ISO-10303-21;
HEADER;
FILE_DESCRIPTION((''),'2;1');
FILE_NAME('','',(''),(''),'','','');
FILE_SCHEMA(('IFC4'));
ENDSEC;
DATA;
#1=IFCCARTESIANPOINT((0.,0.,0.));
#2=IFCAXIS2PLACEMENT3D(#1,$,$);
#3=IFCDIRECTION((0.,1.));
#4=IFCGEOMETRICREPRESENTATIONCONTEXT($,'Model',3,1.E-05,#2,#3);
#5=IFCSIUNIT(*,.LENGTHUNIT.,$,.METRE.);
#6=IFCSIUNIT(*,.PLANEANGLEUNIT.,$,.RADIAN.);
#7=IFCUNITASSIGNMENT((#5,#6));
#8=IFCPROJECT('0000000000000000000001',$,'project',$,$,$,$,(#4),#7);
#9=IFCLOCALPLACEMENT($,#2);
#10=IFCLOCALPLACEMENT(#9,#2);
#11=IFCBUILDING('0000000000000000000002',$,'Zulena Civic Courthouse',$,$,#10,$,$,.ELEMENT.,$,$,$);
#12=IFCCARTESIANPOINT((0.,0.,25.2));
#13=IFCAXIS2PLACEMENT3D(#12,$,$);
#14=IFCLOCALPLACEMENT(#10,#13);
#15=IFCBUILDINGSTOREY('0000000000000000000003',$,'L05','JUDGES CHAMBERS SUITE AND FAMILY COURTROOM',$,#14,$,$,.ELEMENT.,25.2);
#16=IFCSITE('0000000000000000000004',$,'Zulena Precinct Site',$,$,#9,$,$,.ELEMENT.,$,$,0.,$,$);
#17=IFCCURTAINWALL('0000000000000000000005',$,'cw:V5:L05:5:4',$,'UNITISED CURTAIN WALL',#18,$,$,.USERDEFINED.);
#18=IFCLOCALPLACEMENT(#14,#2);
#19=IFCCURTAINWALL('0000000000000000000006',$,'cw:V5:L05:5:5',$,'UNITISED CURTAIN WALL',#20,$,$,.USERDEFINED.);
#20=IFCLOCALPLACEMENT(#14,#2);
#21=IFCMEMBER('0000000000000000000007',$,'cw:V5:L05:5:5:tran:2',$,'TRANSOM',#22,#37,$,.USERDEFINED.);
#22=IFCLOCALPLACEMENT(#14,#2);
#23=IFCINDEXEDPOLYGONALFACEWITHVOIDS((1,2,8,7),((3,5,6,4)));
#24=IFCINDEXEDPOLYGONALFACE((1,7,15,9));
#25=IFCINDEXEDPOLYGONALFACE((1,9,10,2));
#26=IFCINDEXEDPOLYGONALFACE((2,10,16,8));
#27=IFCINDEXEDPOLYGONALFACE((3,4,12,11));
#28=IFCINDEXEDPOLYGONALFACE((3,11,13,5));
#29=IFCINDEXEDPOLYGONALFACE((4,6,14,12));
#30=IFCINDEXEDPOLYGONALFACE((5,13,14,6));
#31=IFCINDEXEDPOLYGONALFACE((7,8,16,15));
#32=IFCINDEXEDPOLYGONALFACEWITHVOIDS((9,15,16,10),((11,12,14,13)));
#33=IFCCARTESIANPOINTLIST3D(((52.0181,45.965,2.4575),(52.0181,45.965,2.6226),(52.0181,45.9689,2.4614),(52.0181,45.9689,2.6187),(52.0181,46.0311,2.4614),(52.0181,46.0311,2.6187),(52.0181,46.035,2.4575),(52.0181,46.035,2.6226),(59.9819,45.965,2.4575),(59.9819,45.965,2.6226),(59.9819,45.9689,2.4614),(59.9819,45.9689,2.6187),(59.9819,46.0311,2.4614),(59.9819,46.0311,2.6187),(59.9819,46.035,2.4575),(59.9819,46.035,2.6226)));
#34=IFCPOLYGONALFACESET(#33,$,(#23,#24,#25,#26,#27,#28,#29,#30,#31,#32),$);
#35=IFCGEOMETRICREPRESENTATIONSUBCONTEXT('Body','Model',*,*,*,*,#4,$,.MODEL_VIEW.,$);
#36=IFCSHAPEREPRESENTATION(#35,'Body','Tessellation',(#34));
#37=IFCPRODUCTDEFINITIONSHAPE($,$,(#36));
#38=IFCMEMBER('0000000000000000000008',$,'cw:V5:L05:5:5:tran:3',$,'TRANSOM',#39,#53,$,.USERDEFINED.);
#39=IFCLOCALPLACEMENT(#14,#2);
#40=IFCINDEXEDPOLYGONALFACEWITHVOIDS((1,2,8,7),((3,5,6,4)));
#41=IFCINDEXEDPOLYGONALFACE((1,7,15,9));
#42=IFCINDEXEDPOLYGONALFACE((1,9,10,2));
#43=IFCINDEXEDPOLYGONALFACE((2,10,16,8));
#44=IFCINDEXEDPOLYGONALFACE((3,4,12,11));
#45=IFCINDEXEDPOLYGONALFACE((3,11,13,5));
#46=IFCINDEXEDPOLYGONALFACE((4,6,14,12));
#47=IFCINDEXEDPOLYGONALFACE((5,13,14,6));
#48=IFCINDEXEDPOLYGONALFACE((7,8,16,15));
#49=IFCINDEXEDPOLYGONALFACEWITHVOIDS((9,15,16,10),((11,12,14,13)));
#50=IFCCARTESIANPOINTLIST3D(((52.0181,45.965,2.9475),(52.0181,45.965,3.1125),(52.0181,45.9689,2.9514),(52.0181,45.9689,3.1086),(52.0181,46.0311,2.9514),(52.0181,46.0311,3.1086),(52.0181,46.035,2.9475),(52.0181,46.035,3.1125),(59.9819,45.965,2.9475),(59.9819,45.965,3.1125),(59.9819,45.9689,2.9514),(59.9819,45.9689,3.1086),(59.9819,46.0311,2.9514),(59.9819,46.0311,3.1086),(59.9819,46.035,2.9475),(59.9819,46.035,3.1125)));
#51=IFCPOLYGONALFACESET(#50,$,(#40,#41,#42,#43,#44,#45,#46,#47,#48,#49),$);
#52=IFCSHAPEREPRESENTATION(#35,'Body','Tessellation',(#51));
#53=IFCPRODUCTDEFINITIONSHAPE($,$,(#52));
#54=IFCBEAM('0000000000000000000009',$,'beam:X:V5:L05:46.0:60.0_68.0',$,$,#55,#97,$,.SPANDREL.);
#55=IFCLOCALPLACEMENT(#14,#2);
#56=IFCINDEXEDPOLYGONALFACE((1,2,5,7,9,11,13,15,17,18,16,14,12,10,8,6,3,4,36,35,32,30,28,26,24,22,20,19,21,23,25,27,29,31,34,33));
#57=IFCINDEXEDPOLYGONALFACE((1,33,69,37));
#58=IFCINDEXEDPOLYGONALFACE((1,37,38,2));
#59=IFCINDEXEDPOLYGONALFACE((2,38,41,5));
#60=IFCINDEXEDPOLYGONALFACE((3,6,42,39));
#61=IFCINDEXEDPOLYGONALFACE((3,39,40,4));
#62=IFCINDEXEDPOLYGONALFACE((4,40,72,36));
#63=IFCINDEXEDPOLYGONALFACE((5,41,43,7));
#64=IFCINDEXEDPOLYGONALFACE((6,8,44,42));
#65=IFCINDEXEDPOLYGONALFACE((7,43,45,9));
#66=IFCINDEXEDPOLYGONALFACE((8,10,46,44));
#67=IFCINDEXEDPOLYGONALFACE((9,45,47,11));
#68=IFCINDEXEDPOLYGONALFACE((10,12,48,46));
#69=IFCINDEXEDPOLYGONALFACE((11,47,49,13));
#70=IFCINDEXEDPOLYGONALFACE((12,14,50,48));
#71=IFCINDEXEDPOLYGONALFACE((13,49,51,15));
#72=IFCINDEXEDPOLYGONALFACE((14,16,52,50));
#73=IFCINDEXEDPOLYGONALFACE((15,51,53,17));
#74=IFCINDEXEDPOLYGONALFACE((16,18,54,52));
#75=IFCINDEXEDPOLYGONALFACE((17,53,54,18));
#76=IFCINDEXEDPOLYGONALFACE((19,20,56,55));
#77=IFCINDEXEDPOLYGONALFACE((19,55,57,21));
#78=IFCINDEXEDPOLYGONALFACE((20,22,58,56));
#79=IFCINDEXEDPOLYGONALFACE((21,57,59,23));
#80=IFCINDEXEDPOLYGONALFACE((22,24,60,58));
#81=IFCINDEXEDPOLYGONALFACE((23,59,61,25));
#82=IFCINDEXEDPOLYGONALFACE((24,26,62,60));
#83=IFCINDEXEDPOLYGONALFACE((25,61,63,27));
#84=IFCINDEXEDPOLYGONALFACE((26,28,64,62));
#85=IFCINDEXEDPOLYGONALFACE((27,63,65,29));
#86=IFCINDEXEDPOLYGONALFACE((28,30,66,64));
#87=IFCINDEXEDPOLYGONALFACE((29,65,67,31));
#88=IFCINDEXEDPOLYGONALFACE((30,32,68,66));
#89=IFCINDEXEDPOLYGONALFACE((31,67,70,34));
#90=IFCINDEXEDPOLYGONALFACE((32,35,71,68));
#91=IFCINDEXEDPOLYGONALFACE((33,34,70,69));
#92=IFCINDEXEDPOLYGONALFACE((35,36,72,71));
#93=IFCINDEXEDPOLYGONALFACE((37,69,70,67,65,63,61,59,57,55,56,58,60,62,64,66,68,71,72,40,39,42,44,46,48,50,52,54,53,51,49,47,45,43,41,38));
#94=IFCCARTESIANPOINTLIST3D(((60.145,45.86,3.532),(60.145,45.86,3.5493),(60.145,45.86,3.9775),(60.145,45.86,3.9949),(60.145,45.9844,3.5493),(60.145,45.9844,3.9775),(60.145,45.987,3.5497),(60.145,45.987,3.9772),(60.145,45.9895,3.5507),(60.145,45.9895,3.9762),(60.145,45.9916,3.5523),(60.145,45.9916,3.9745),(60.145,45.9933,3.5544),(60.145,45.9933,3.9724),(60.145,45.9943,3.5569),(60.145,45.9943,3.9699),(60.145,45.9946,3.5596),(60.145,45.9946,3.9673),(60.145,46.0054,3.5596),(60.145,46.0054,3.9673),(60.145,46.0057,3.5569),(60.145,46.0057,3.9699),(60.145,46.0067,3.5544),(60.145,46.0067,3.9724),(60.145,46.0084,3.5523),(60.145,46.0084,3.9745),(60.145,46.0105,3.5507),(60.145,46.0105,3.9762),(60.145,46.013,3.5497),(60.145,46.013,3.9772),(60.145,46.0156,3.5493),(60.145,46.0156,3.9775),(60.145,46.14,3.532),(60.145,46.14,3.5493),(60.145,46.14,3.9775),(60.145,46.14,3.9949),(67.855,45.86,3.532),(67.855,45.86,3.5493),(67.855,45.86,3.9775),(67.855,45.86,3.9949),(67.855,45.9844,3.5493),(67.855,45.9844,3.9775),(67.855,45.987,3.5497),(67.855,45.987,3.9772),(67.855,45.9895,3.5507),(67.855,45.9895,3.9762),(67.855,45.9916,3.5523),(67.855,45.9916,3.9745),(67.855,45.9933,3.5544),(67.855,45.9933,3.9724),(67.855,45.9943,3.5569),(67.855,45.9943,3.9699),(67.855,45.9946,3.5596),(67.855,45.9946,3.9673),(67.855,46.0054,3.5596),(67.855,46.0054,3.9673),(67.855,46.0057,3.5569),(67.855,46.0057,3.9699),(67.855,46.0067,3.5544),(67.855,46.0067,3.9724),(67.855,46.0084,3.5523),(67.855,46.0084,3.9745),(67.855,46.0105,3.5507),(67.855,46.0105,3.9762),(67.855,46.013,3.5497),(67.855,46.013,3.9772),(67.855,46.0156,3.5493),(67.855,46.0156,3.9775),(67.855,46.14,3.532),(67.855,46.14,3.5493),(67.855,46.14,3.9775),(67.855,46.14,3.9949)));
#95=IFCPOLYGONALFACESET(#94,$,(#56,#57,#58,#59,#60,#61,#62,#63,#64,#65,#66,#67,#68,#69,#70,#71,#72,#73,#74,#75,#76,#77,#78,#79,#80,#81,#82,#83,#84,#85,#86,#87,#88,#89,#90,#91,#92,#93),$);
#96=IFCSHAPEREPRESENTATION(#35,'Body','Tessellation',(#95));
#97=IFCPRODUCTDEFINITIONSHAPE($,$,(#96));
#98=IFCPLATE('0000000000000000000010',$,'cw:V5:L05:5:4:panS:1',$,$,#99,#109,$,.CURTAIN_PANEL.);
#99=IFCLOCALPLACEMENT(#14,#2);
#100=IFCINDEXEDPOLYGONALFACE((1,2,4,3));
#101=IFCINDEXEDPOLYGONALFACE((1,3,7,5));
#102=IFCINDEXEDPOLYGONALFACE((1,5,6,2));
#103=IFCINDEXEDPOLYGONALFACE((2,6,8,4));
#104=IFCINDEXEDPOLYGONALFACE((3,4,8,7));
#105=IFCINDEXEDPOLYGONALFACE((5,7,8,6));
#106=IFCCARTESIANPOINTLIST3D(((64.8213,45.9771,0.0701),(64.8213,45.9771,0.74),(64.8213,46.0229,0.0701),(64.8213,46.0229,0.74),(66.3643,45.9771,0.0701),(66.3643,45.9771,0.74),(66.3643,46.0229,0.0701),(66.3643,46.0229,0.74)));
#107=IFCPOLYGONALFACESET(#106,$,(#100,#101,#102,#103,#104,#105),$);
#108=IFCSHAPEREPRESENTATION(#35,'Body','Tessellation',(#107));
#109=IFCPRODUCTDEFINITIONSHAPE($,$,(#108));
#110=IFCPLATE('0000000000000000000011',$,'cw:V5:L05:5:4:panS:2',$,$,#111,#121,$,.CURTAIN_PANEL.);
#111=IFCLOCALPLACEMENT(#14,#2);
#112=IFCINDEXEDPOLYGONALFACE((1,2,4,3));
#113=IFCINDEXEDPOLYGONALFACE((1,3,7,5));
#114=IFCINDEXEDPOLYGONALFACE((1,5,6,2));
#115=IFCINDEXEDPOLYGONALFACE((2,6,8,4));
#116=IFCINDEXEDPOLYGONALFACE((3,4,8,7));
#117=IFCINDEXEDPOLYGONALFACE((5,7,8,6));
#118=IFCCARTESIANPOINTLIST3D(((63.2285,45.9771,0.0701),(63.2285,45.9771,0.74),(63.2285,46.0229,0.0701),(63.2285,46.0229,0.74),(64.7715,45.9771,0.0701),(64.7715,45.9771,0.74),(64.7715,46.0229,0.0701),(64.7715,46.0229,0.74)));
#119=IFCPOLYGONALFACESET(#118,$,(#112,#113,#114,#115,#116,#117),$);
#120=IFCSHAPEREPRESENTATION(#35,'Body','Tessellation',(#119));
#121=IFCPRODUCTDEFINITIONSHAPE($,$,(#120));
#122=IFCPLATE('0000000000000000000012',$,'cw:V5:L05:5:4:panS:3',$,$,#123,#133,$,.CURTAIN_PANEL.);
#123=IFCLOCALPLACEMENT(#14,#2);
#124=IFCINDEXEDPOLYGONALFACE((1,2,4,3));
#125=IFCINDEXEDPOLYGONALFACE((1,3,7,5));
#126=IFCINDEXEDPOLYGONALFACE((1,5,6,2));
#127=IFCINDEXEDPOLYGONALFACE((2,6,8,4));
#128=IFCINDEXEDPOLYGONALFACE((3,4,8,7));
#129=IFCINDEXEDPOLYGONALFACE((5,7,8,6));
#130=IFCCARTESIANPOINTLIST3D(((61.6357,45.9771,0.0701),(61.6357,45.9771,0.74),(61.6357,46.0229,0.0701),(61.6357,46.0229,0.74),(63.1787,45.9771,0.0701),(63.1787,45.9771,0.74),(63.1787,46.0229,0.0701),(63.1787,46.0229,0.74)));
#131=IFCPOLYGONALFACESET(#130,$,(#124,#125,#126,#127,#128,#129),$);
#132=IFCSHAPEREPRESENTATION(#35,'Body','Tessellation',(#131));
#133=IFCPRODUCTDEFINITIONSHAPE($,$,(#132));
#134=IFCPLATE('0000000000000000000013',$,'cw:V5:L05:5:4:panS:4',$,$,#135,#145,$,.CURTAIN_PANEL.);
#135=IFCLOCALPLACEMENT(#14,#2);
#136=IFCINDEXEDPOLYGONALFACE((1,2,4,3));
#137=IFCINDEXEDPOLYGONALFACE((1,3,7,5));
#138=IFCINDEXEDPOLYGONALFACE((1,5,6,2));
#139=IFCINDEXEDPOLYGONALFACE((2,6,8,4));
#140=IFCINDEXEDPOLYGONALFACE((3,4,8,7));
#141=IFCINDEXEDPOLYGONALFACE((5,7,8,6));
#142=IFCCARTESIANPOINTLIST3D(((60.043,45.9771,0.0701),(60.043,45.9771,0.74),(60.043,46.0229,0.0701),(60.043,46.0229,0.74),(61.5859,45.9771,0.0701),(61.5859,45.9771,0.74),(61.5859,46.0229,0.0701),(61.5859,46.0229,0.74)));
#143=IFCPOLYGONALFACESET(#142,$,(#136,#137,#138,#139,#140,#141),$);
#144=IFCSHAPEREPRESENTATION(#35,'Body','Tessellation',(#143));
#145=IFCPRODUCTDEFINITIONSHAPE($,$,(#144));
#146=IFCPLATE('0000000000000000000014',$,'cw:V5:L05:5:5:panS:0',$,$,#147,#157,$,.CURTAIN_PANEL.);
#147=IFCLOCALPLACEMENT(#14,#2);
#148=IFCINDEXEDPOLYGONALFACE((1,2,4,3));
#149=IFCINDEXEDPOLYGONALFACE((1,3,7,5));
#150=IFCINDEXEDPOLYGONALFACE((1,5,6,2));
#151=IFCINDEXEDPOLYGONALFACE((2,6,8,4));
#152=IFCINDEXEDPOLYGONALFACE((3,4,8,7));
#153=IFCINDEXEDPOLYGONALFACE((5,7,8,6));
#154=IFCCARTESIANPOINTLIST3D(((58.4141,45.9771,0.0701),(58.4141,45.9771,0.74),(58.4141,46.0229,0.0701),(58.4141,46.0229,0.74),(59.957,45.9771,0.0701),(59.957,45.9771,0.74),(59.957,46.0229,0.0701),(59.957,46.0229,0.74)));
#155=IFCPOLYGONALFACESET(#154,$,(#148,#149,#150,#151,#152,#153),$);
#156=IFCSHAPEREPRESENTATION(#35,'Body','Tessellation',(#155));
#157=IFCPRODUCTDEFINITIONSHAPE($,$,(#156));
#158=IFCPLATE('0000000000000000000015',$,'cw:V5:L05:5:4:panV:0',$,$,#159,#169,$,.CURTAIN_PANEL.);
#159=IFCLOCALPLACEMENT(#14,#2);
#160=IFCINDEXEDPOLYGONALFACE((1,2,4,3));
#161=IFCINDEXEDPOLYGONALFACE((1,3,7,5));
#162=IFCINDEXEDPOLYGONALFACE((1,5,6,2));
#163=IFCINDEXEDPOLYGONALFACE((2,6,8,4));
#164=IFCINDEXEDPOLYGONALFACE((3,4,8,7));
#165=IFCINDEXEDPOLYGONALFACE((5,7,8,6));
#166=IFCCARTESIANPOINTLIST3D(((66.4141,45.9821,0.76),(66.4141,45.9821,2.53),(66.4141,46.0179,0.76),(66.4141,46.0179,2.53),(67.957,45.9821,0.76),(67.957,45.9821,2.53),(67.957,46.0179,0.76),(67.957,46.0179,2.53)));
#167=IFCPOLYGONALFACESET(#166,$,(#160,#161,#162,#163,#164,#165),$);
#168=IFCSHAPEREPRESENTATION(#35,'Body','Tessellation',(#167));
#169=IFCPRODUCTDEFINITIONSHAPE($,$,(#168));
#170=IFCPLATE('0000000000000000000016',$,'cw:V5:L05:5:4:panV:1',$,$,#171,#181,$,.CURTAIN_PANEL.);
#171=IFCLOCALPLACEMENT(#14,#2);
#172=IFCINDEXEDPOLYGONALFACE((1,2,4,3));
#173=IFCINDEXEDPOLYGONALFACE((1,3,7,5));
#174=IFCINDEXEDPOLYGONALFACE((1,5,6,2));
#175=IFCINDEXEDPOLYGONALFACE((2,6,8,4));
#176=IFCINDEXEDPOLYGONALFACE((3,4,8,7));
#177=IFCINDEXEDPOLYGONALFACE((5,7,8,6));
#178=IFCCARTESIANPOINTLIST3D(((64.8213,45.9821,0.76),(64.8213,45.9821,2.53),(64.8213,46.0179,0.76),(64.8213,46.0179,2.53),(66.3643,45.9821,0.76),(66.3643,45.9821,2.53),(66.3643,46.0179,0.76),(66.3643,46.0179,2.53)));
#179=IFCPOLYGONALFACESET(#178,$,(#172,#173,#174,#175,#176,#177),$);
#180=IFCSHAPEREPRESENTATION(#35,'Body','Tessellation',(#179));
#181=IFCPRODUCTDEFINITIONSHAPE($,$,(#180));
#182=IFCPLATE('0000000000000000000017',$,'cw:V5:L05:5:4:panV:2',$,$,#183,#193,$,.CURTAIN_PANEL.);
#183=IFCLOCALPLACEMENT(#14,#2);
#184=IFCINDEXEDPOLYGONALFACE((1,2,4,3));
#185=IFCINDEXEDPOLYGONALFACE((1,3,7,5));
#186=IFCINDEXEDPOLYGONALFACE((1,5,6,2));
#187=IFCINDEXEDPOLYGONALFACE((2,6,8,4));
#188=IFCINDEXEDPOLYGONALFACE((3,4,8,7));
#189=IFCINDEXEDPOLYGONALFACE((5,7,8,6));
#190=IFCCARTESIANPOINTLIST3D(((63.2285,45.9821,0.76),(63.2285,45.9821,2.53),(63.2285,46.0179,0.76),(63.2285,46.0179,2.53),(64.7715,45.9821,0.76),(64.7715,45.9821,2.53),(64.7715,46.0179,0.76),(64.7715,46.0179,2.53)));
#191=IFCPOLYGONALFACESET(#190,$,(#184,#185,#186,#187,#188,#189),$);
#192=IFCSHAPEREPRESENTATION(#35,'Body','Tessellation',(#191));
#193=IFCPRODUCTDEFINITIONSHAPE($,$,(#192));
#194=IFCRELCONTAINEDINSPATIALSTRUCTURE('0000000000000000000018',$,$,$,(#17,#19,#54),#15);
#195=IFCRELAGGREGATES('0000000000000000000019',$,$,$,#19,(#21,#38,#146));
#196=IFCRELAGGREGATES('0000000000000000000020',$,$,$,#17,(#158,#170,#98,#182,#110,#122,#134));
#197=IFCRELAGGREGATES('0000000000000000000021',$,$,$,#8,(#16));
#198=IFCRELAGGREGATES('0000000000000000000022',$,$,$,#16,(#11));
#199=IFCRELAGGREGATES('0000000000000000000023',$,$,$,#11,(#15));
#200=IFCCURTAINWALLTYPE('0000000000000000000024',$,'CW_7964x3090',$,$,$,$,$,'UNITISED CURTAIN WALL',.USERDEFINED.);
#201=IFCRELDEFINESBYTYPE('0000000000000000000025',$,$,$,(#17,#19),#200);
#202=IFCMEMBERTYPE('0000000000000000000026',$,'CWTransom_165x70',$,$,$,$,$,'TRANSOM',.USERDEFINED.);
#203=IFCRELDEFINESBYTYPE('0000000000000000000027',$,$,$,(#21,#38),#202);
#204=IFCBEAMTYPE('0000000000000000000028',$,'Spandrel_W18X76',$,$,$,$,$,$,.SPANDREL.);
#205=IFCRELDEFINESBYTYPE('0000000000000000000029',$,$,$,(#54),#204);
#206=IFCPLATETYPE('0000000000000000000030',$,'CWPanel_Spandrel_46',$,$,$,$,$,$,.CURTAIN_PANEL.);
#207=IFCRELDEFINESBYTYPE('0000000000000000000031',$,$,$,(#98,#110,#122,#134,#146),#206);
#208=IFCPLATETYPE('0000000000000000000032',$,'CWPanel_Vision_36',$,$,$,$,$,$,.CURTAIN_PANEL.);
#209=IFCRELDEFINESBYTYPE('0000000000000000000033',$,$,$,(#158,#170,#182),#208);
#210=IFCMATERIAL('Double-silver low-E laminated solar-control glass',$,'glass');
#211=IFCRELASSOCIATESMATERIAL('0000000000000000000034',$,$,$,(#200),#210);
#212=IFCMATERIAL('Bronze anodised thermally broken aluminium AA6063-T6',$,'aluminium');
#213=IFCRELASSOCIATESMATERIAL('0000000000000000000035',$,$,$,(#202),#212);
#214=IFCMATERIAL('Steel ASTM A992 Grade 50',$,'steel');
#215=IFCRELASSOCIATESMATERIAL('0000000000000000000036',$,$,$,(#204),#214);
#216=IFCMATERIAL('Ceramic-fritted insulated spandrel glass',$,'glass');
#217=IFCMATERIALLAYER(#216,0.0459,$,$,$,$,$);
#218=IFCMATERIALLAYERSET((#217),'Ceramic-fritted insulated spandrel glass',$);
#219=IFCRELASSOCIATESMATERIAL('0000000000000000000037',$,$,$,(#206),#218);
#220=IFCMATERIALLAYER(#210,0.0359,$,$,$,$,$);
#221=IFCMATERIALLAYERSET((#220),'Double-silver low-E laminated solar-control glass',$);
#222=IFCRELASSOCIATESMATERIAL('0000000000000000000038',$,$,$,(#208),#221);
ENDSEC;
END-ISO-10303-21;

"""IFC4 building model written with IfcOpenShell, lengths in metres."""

from ifc_helpers import new_model, si_unit, direction, frame, origin, origin_2d, place, context, subcontext, project, spatial, rectangle, hollow_rectangle, i_section, extrude, material, layer, layer_set, material_profile, profile_set, type_object, element, aggregate, save


model = new_model("IFC4")

# Units and contexts
model_context = context("Model", 3, precision=1e-05, world=origin(), true_north=direction((0.0, 1.0)))
body_context = subcontext(model_context, "Body", "Model", "MODEL_VIEW")
ifc_project = project(units=[si_unit("LENGTHUNIT", "METRE"), si_unit("PLANEANGLEUNIT", "RADIAN")], contexts=[model_context])

# Site, building, storey
site_placement = place(None, origin())
site = spatial("IfcSite", under=ifc_project, at=site_placement, Name="Zulena Precinct Site", CompositionType="ELEMENT", RefElevation=0.0)
building_placement = place(site_placement, origin())
building = spatial("IfcBuilding", under=site, at=building_placement, Name="Zulena Civic Courthouse", CompositionType="ELEMENT")
storey_placement = place(building_placement, frame((0.0, 0.0, 25.2)))
storey = spatial("IfcBuildingStorey", under=building, at=storey_placement, Name="L05", Description="JUDGES CHAMBERS SUITE AND FAMILY COURTROOM", CompositionType="ELEMENT", Elevation=25.2)

# Shared definitions
ifc_material_1 = material(Name="Steel ASTM A992 Grade 50", Category="steel")

# Curtain walls, members
ifc_material_2 = material(Name="Double-silver low-E laminated solar-control glass", Category="glass")
curtain_wall_type = type_object("IfcCurtainWallType", Name="CW_7964x3090", ElementType="UNITISED CURTAIN WALL", PredefinedType="USERDEFINED", material=ifc_material_2)
curtain_wall_1_placement = place(storey_placement, origin())
curtain_wall_1 = element("IfcCurtainWall", 1, at=curtain_wall_1_placement, inside=storey, type_object=curtain_wall_type, Name="cw:V5:L05:5:4", ObjectType="UNITISED CURTAIN WALL", PredefinedType="USERDEFINED")
ifc_material_3 = material(Name="Bronze anodised thermally broken aluminium AA6063-T6", Category="aluminium")
curtain_wall_2_placement = place(storey_placement, origin())
curtain_wall_2 = element("IfcCurtainWall", 2, at=curtain_wall_2_placement, inside=storey, type_object=curtain_wall_type, Name="cw:V5:L05:5:5", ObjectType="UNITISED CURTAIN WALL", PredefinedType="USERDEFINED")
ifc_material_profile_1 = material_profile(ifc_material_3, hollow_rectangle(XDim=0.0701, YDim=0.165, WallThickness=0.0039, at=origin_2d()), Name="CWT165X70X4")
ifc_profile_set_1 = profile_set([ifc_material_profile_1], Name="Bronze anodised thermally broken aluminium AA6063-T6")
member_type_1 = type_object("IfcMemberType", Name="CWTransom_165x70", ElementType="TRANSOM", PredefinedType="USERDEFINED", material=ifc_profile_set_1)
member_1_placement = place(storey_placement, frame((59.9819, 46.0, 2.54), z_axis=(-1.0, 0.0, 0.0), x_axis=(0.0, -1.0, 0.0)))
member_1 = element("IfcMember", 3, at=member_1_placement, type_object=member_type_1, Name="cw:V5:L05:5:5:tran:2", ObjectType="TRANSOM", PredefinedType="USERDEFINED", context=body_context, shape_type="SweptSolid", body=[
    extrude(hollow_rectangle(XDim=0.0701, YDim=0.165, WallThickness=0.0039, at=origin_2d()), origin(), (0.0, 0.0, 1.0), 7.9639),
])
member_2_placement = place(storey_placement, frame((59.9819, 46.0, 3.03), z_axis=(-1.0, 0.0, 0.0), x_axis=(0.0, -1.0, 0.0)))
member_2 = element("IfcMember", 4, at=member_2_placement, type_object=member_type_1, Name="cw:V5:L05:5:5:tran:3", ObjectType="TRANSOM", PredefinedType="USERDEFINED", context=body_context, shape_type="SweptSolid", body=[
    extrude(hollow_rectangle(XDim=0.0701, YDim=0.165, WallThickness=0.0039, at=origin_2d()), origin(), (0.0, 0.0, 1.0), 7.9639),
])

# Beam
ifc_material_profile_2 = material_profile(ifc_material_1, i_section(OverallWidth=0.28, OverallDepth=0.4629, WebThickness=0.0107, FlangeThickness=0.0173, FilletRadius=0.0103, at=origin_2d()), Name="W18X76")
ifc_profile_set_2 = profile_set([ifc_material_profile_2], Name="Steel ASTM A992 Grade 50")
beam_type = type_object("IfcBeamType", Name="Spandrel_W18X76", PredefinedType="SPANDREL", material=ifc_profile_set_2)
beam_placement = place(storey_placement, frame((60.145, 46.0, 3.7634), z_axis=(1.0, 0.0, 0.0), x_axis=(0.0, 1.0, 0.0)))
element("IfcBeam", 5, at=beam_placement, inside=storey, type_object=beam_type, Name="beam:X:V5:L05:46.0:60.0_68.0", PredefinedType="SPANDREL", context=body_context, shape_type="SweptSolid", body=[
    extrude(i_section(OverallWidth=0.28, OverallDepth=0.4629, WebThickness=0.0107, FlangeThickness=0.0173, FilletRadius=0.0103, at=origin_2d()), origin(), (0.0, 0.0, 1.0), 7.71),
])

# Plates
ifc_material_4 = material(Name="Ceramic-fritted insulated spandrel glass", Category="glass")
ifc_layer_1 = layer(ifc_material_4, 0.0459)
ifc_layer_set_1 = layer_set([ifc_layer_1], Name="Ceramic-fritted insulated spandrel glass")
plate_type_1 = type_object("IfcPlateType", Name="CWPanel_Spandrel_46", PredefinedType="CURTAIN_PANEL", material=ifc_layer_set_1)
plate_1_placement = place(storey_placement, frame((65.5928, 46.0, 0.0701), z_axis=(0.0, 0.0, 1.0), x_axis=(-1.0, 0.0, 0.0)))
plate_1 = element("IfcPlate", 6, at=plate_1_placement, type_object=plate_type_1, Name="cw:V5:L05:5:4:panS:1", PredefinedType="CURTAIN_PANEL", context=body_context, shape_type="SweptSolid", body=[
    extrude(rectangle(XDim=1.543, YDim=0.0459, at=origin_2d()), origin(), (0.0, 0.0, 1.0), 0.6699),
])
plate_2_placement = place(storey_placement, frame((64.0, 46.0, 0.0701), z_axis=(0.0, 0.0, 1.0), x_axis=(-1.0, 0.0, 0.0)))
plate_2 = element("IfcPlate", 7, at=plate_2_placement, type_object=plate_type_1, Name="cw:V5:L05:5:4:panS:2", PredefinedType="CURTAIN_PANEL", context=body_context, shape_type="SweptSolid", body=[
    extrude(rectangle(XDim=1.543, YDim=0.0459, at=origin_2d()), origin(), (0.0, 0.0, 1.0), 0.6699),
])
plate_3_placement = place(storey_placement, frame((62.4072, 46.0, 0.0701), z_axis=(0.0, 0.0, 1.0), x_axis=(-1.0, 0.0, 0.0)))
plate_3 = element("IfcPlate", 8, at=plate_3_placement, type_object=plate_type_1, Name="cw:V5:L05:5:4:panS:3", PredefinedType="CURTAIN_PANEL", context=body_context, shape_type="SweptSolid", body=[
    extrude(rectangle(XDim=1.543, YDim=0.0459, at=origin_2d()), origin(), (0.0, 0.0, 1.0), 0.6699),
])
plate_4_placement = place(storey_placement, frame((60.8145, 46.0, 0.0701), z_axis=(0.0, 0.0, 1.0), x_axis=(-1.0, 0.0, 0.0)))
plate_4 = element("IfcPlate", 9, at=plate_4_placement, type_object=plate_type_1, Name="cw:V5:L05:5:4:panS:4", PredefinedType="CURTAIN_PANEL", context=body_context, shape_type="SweptSolid", body=[
    extrude(rectangle(XDim=1.543, YDim=0.0459, at=origin_2d()), origin(), (0.0, 0.0, 1.0), 0.6699),
])
plate_5_placement = place(storey_placement, frame((59.1855, 46.0, 0.0701), z_axis=(0.0, 0.0, 1.0), x_axis=(-1.0, 0.0, 0.0)))
plate_5 = element("IfcPlate", 10, at=plate_5_placement, type_object=plate_type_1, Name="cw:V5:L05:5:5:panS:0", PredefinedType="CURTAIN_PANEL", context=body_context, shape_type="SweptSolid", body=[
    extrude(rectangle(XDim=1.543, YDim=0.0459, at=origin_2d()), origin(), (0.0, 0.0, 1.0), 0.6699),
])
aggregate(curtain_wall_2, [member_1, member_2, plate_5])
ifc_layer_2 = layer(ifc_material_2, 0.0359)
ifc_layer_set_2 = layer_set([ifc_layer_2], Name="Double-silver low-E laminated solar-control glass")
plate_type_2 = type_object("IfcPlateType", Name="CWPanel_Vision_36", PredefinedType="CURTAIN_PANEL", material=ifc_layer_set_2)
plate_6_placement = place(storey_placement, frame((67.1855, 46.0, 0.76), z_axis=(0.0, 0.0, 1.0), x_axis=(-1.0, 0.0, 0.0)))
plate_6 = element("IfcPlate", 11, at=plate_6_placement, type_object=plate_type_2, Name="cw:V5:L05:5:4:panV:0", PredefinedType="CURTAIN_PANEL", context=body_context, shape_type="SweptSolid", body=[
    extrude(rectangle(XDim=1.543, YDim=0.0359, at=origin_2d()), origin(), (0.0, 0.0, 1.0), 1.77),
])
plate_7_placement = place(storey_placement, frame((65.5928, 46.0, 0.76), z_axis=(0.0, 0.0, 1.0), x_axis=(-1.0, 0.0, 0.0)))
plate_7 = element("IfcPlate", 12, at=plate_7_placement, type_object=plate_type_2, Name="cw:V5:L05:5:4:panV:1", PredefinedType="CURTAIN_PANEL", context=body_context, shape_type="SweptSolid", body=[
    extrude(rectangle(XDim=1.543, YDim=0.0359, at=origin_2d()), origin(), (0.0, 0.0, 1.0), 1.77),
])
plate_8_placement = place(storey_placement, frame((64.0, 46.0, 0.76), z_axis=(0.0, 0.0, 1.0), x_axis=(-1.0, 0.0, 0.0)))
plate_8 = element("IfcPlate", 13, at=plate_8_placement, type_object=plate_type_2, Name="cw:V5:L05:5:4:panV:2", PredefinedType="CURTAIN_PANEL", context=body_context, shape_type="SweptSolid", body=[
    extrude(rectangle(XDim=1.543, YDim=0.0359, at=origin_2d()), origin(), (0.0, 0.0, 1.0), 1.77),
])
aggregate(curtain_wall_1, [plate_6, plate_7, plate_1, plate_8, plate_2, plate_3, plate_4])

save(model, "model.ifc")
